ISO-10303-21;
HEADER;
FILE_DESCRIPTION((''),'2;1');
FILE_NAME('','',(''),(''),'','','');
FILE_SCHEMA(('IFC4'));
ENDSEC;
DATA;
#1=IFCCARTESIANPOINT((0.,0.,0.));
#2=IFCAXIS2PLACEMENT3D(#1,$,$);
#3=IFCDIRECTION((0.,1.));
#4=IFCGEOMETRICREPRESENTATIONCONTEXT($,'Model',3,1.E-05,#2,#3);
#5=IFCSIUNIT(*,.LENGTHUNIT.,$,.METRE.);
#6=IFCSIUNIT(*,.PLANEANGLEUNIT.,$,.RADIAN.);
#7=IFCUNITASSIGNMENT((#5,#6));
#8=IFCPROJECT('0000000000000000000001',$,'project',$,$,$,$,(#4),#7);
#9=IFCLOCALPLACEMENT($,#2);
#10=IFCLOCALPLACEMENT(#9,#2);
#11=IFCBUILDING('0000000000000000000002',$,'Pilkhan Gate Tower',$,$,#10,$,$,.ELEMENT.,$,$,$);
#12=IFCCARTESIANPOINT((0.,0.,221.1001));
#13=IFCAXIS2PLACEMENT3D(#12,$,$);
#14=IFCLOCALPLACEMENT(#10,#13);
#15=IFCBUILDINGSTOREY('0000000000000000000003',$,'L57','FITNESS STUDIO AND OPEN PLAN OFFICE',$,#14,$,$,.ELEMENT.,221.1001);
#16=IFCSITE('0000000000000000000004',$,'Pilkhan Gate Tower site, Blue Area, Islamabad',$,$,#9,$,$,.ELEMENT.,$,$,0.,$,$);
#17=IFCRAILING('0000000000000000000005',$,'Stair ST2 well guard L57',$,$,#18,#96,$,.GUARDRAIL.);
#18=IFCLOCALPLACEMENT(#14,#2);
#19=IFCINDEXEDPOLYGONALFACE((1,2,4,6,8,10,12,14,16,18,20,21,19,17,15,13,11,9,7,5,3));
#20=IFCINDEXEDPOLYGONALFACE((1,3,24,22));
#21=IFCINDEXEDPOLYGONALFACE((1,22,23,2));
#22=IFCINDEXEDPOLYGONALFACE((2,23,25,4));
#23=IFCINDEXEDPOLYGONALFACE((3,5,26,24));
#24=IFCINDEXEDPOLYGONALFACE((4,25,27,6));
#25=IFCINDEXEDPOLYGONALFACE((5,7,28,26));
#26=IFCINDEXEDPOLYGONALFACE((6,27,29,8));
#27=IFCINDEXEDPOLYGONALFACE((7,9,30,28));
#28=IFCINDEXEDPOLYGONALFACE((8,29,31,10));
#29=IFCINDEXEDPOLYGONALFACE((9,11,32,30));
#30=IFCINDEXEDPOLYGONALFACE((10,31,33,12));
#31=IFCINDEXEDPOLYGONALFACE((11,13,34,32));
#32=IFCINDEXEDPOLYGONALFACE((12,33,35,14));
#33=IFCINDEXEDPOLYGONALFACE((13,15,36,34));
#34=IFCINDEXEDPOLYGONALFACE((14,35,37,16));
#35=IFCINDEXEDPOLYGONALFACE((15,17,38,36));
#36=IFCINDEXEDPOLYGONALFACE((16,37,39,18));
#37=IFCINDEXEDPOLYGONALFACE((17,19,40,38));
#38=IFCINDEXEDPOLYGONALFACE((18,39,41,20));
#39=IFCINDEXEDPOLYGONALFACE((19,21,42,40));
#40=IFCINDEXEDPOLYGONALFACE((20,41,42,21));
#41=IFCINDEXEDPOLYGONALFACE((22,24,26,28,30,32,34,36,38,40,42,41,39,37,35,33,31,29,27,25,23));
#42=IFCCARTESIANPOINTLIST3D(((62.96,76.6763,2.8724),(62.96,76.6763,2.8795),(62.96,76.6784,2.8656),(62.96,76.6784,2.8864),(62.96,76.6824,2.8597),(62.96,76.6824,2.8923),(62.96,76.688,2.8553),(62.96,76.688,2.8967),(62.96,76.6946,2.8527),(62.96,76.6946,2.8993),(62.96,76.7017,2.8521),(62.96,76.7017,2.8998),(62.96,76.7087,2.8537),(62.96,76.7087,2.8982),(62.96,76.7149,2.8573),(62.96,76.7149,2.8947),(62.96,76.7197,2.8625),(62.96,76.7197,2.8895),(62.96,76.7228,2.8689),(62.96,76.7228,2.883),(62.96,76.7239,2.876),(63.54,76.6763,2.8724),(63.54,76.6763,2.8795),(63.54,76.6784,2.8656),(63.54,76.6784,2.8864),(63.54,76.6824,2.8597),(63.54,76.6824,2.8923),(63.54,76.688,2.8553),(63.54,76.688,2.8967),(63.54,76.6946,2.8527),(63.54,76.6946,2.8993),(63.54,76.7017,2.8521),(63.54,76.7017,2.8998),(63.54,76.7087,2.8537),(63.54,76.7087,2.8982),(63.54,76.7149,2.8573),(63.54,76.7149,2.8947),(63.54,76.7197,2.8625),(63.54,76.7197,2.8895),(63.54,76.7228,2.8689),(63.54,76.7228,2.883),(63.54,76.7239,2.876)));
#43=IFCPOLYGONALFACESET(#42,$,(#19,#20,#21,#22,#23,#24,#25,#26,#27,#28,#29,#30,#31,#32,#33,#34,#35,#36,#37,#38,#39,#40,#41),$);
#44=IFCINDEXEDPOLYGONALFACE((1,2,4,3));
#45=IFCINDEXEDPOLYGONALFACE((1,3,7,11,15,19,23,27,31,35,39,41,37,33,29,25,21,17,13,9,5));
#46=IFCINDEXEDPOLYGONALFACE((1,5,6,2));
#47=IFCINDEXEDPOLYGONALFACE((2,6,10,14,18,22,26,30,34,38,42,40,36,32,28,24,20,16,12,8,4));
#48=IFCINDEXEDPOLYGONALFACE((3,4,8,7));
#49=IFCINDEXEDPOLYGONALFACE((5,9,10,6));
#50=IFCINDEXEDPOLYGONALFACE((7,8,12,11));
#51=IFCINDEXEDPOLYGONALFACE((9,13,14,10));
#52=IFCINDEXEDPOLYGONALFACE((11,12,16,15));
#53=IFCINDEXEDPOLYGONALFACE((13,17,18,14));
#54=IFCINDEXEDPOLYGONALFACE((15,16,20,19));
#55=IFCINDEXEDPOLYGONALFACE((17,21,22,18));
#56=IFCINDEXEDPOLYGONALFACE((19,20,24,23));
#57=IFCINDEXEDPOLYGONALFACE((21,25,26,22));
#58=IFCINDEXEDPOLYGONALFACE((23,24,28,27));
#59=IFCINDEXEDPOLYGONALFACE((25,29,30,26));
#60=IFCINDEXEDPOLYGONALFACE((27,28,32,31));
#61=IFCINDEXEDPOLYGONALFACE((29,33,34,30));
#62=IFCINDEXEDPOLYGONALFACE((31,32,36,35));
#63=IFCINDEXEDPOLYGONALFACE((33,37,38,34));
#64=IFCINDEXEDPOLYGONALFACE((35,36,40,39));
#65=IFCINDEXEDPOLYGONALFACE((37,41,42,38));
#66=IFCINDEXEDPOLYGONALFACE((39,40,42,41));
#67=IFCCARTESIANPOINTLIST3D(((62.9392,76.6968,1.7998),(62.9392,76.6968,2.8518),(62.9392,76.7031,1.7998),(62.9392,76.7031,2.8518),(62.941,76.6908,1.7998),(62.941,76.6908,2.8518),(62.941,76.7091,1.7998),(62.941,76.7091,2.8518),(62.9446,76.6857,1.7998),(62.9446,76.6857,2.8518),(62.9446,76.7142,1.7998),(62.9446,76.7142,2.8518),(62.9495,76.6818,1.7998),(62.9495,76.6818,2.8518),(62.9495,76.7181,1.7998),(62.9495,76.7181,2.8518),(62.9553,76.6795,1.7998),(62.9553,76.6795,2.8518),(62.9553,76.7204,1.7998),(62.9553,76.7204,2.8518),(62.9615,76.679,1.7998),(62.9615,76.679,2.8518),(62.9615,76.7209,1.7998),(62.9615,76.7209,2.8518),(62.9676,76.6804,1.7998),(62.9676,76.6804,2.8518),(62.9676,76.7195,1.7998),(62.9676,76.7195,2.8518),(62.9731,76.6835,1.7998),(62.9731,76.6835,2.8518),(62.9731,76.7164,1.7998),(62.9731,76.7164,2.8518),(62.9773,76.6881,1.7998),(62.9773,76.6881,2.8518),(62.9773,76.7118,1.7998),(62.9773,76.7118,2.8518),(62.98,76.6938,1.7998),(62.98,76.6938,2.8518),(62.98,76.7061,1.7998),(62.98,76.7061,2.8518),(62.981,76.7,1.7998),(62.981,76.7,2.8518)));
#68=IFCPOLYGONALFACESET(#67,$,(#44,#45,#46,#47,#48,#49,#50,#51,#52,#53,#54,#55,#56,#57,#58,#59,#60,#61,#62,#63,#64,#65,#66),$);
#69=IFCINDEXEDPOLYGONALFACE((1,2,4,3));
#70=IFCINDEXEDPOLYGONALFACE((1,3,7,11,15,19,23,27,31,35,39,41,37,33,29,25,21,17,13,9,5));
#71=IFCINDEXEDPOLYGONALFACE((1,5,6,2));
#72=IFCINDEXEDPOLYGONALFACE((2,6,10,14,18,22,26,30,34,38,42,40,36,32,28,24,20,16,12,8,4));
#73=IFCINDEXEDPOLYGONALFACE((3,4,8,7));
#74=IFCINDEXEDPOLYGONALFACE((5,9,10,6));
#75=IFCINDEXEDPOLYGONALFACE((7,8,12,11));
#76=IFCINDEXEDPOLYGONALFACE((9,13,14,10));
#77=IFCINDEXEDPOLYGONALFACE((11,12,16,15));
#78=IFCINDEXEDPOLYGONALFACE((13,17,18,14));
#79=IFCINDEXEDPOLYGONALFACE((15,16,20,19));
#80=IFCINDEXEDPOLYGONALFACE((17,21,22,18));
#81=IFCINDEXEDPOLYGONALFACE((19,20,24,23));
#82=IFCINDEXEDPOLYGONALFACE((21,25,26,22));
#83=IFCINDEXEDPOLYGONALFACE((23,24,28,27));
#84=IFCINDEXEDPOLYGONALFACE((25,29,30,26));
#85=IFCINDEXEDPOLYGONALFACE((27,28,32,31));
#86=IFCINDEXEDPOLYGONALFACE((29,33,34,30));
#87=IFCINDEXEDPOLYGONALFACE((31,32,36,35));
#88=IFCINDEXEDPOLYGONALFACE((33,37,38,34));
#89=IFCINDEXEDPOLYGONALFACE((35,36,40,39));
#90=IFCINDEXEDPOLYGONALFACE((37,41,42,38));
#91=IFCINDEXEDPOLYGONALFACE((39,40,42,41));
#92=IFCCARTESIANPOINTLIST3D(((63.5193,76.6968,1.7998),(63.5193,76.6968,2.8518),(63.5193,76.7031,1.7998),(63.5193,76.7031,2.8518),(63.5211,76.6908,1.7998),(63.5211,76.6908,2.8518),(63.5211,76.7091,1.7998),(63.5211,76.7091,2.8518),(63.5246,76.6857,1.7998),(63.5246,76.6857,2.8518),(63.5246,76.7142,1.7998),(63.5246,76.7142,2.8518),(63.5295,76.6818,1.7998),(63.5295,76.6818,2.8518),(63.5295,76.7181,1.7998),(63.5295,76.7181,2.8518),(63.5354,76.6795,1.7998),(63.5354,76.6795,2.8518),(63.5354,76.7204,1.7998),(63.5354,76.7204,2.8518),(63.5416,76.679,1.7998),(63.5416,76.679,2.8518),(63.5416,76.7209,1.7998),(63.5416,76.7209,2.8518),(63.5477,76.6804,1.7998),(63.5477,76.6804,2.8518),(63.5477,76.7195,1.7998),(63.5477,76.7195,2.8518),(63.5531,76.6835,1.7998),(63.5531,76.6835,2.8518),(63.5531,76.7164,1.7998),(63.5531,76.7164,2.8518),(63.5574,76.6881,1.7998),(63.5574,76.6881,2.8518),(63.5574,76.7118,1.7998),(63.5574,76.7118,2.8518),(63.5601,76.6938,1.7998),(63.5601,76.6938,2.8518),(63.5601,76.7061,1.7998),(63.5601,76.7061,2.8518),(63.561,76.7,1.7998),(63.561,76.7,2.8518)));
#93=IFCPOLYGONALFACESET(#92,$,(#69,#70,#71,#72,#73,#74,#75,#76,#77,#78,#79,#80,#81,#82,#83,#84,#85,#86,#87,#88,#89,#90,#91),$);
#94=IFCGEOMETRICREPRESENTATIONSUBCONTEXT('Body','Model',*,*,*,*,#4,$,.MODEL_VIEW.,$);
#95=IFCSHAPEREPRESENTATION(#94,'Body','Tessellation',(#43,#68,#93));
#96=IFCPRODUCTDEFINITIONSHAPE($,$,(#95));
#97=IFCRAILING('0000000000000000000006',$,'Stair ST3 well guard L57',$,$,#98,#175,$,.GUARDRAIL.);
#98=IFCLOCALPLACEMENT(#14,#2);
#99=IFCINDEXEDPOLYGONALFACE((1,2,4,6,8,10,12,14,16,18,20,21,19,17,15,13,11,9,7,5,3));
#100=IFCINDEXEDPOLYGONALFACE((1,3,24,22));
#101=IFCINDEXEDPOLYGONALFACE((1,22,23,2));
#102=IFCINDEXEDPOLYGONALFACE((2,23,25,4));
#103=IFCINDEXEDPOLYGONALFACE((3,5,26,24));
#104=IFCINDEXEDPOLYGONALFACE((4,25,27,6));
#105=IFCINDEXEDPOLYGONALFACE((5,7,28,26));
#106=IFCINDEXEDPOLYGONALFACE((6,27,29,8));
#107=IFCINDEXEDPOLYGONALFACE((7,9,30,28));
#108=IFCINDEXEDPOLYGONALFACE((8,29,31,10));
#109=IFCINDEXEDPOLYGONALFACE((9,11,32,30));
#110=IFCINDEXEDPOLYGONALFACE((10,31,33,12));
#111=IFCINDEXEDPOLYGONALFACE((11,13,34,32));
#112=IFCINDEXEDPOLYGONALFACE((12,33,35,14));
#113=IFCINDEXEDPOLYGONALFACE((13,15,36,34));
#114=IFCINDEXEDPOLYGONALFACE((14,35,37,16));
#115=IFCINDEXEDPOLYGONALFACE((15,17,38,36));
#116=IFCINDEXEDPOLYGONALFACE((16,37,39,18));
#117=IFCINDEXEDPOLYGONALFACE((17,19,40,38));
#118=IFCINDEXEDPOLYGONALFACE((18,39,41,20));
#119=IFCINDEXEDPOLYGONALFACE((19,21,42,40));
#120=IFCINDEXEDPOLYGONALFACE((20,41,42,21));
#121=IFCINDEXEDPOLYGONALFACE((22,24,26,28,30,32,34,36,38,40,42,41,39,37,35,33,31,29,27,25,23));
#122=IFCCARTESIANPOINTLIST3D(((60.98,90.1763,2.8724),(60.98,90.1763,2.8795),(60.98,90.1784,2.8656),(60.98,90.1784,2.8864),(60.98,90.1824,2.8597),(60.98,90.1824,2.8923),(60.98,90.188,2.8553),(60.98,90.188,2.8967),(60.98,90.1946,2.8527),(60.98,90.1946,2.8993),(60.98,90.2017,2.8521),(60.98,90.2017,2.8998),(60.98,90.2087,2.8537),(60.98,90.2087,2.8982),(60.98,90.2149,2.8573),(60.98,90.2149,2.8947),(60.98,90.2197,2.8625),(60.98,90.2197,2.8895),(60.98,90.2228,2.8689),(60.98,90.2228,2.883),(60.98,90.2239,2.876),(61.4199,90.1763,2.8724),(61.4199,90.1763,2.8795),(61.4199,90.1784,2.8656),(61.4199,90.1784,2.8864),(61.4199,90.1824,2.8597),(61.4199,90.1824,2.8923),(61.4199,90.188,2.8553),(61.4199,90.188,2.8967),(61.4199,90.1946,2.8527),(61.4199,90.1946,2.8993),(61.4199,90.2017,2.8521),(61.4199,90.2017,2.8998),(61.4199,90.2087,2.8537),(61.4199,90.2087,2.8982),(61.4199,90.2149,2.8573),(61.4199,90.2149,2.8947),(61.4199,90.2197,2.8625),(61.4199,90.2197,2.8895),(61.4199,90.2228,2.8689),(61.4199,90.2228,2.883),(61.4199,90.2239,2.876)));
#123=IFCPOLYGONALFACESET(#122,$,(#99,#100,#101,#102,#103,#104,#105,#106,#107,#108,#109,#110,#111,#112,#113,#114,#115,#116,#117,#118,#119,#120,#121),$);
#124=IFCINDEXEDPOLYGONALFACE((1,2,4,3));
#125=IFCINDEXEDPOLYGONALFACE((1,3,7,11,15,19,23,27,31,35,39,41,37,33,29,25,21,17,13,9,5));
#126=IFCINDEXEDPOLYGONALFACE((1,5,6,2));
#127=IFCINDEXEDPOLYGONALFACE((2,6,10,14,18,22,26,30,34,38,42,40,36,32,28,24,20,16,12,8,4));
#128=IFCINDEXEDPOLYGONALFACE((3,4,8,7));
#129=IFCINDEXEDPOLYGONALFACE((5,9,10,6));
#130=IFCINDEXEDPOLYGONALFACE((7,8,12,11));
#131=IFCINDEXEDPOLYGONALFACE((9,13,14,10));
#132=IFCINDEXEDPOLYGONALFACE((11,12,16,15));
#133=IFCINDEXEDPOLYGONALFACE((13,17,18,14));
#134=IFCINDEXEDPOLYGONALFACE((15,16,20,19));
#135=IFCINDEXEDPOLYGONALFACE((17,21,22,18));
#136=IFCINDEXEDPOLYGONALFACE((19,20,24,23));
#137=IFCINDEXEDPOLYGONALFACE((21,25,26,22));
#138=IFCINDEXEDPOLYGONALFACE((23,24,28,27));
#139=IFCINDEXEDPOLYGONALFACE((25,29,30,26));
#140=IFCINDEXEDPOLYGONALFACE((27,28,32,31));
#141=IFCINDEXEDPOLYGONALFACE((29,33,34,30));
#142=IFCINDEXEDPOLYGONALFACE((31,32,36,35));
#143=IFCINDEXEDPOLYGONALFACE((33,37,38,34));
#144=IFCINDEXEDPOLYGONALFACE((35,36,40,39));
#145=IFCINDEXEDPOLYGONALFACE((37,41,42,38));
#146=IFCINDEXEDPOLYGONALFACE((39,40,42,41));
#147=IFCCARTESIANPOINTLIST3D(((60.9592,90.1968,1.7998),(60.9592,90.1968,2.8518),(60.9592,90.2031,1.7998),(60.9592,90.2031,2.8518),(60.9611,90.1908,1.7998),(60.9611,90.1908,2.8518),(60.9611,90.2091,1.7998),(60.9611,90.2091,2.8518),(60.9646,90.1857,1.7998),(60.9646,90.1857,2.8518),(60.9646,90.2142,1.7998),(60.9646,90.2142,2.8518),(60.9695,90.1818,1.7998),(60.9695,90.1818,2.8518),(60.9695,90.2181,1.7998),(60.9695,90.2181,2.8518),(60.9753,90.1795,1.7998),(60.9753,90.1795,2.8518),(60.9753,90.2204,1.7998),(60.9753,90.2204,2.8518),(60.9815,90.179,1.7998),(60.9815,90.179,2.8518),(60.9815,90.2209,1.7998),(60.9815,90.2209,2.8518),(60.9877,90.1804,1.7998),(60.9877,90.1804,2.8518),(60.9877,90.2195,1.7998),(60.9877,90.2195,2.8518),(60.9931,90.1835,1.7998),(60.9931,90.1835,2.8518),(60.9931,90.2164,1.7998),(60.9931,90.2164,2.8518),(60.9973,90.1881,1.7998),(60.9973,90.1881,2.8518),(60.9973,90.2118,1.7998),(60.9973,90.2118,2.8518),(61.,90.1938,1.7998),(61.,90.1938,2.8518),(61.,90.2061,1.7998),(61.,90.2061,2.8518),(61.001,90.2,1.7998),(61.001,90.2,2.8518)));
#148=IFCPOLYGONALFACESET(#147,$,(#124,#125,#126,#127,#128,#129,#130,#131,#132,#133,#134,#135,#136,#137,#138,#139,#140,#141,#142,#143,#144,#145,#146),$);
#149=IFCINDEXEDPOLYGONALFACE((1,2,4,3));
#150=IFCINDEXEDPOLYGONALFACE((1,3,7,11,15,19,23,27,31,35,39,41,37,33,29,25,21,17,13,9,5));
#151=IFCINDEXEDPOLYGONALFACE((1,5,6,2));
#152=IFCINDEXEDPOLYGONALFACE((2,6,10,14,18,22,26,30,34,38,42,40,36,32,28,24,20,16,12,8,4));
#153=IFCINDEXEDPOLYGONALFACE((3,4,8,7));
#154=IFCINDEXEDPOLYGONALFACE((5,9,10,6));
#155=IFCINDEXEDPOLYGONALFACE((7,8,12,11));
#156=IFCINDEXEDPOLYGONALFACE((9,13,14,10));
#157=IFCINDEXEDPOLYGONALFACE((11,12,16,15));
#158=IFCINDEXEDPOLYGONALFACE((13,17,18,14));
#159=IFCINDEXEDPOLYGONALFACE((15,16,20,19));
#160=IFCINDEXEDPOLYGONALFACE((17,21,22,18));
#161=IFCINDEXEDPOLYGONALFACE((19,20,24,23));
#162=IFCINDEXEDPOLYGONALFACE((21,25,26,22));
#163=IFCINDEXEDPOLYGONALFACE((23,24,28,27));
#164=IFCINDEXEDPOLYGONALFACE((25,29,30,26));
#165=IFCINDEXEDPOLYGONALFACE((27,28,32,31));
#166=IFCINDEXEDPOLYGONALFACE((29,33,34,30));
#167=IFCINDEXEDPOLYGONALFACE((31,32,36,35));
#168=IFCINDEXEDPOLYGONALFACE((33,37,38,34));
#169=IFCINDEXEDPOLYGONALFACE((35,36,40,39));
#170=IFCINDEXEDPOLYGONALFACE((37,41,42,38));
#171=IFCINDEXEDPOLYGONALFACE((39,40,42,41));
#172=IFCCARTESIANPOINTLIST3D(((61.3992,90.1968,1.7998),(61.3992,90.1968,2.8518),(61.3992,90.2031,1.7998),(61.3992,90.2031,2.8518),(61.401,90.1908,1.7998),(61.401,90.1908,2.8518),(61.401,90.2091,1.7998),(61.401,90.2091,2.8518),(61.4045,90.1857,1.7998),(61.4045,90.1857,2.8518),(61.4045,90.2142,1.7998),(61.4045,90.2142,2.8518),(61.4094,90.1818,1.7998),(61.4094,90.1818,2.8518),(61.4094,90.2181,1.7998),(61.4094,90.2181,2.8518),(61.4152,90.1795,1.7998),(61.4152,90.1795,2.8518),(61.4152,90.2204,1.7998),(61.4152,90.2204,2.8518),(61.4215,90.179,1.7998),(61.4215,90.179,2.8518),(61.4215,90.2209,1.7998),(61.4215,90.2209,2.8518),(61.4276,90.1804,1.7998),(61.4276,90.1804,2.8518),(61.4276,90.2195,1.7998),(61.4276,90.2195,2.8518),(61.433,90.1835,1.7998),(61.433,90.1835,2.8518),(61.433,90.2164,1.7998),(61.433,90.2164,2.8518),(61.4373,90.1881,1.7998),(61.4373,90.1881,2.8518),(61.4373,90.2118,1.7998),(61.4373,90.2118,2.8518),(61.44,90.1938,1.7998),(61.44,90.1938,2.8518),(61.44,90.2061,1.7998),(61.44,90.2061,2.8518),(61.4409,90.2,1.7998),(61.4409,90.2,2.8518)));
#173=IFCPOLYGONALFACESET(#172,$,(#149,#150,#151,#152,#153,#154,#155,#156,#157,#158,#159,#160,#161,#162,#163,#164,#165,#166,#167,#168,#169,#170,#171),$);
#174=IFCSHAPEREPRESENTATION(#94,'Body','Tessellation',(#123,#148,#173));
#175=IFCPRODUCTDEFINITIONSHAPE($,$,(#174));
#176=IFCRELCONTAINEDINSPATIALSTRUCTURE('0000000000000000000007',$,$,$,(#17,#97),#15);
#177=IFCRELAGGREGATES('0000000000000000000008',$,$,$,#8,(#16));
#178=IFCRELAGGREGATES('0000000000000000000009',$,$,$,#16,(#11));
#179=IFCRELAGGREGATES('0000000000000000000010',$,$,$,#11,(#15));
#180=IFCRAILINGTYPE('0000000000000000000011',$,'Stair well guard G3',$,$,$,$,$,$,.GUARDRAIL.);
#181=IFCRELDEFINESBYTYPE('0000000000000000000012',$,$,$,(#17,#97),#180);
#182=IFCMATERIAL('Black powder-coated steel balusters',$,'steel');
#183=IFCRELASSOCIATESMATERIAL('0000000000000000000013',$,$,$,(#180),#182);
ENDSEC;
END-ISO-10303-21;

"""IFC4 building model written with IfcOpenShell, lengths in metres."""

from ifc_helpers import new_model, si_unit, direction, frame, origin, origin_2d, place, context, subcontext, project, spatial, circle, extrude, material, type_object, element, save


model = new_model("IFC4")

# Units and contexts
model_context = context("Model", 3, precision=1e-05, world=origin(), true_north=direction((0.0, 1.0)))
body_context = subcontext(model_context, "Body", "Model", "MODEL_VIEW")
ifc_project = project(units=[si_unit("LENGTHUNIT", "METRE"), si_unit("PLANEANGLEUNIT", "RADIAN")], contexts=[model_context])

# Site, building, storey
site_placement = place(None, origin())
site = spatial("IfcSite", under=ifc_project, at=site_placement, Name="Pilkhan Gate Tower site, Blue Area, Islamabad", CompositionType="ELEMENT", RefElevation=0.0)
building_placement = place(site_placement, origin())
building = spatial("IfcBuilding", under=site, at=building_placement, Name="Pilkhan Gate Tower", CompositionType="ELEMENT")
storey_placement = place(building_placement, frame((0.0, 0.0, 221.1001)))
storey = spatial("IfcBuildingStorey", under=building, at=storey_placement, Name="L57", Description="FITNESS STUDIO AND OPEN PLAN OFFICE", CompositionType="ELEMENT", Elevation=221.1001)

# Railings
ifc_material_1 = material(Name="Black powder-coated steel balusters", Category="steel")
railing_type_1 = type_object("IfcRailingType", Name="Stair well guard G3", PredefinedType="GUARDRAIL", material=ifc_material_1)
for number, where, name in (
    (1, (62.96, 76.7, 1.7998), "Stair ST2 well guard L57"),
):
    element("IfcRailing", number, at=place(storey_placement, frame(where)), inside=storey, type_object=railing_type_1, Name=name, PredefinedType="GUARDRAIL", context=body_context, shape_type="SweptSolid", body=[
        extrude(circle(Radius=0.0239, at=origin_2d()), frame((0.0, 0.0, 1.0762), z_axis=(1.0, 0.0, 0.0), x_axis=(0.0, 1.0, 0.0)), (0.0, 0.0, 1.0), 0.5801),
        extrude(circle(Radius=0.021, at=origin_2d()), origin(), (0.0, 0.0, 1.0), 1.052),
        extrude(circle(Radius=0.021, at=origin_2d()), frame((0.5801, 0.0, 0.0)), (0.0, 0.0, 1.0), 1.052),
    ])
railing_1_placement = place(storey_placement, frame((60.98, 90.2, 1.7998)))
element("IfcRailing", 2, at=railing_1_placement, inside=storey, type_object=railing_type_1, Name="Stair ST3 well guard L57", PredefinedType="GUARDRAIL", context=body_context, shape_type="SweptSolid", body=[
    extrude(circle(Radius=0.0239, at=origin_2d()), frame((0.0, 0.0, 1.0762), z_axis=(1.0, 0.0, 0.0), x_axis=(0.0, 1.0, 0.0)), (0.0, 0.0, 1.0), 0.4399),
    extrude(circle(Radius=0.021, at=origin_2d()), origin(), (0.0, 0.0, 1.0), 1.052),
    extrude(circle(Radius=0.021, at=origin_2d()), frame((0.4399, 0.0, 0.0)), (0.0, 0.0, 1.0), 1.052),
])

save(model, "model.ifc")
